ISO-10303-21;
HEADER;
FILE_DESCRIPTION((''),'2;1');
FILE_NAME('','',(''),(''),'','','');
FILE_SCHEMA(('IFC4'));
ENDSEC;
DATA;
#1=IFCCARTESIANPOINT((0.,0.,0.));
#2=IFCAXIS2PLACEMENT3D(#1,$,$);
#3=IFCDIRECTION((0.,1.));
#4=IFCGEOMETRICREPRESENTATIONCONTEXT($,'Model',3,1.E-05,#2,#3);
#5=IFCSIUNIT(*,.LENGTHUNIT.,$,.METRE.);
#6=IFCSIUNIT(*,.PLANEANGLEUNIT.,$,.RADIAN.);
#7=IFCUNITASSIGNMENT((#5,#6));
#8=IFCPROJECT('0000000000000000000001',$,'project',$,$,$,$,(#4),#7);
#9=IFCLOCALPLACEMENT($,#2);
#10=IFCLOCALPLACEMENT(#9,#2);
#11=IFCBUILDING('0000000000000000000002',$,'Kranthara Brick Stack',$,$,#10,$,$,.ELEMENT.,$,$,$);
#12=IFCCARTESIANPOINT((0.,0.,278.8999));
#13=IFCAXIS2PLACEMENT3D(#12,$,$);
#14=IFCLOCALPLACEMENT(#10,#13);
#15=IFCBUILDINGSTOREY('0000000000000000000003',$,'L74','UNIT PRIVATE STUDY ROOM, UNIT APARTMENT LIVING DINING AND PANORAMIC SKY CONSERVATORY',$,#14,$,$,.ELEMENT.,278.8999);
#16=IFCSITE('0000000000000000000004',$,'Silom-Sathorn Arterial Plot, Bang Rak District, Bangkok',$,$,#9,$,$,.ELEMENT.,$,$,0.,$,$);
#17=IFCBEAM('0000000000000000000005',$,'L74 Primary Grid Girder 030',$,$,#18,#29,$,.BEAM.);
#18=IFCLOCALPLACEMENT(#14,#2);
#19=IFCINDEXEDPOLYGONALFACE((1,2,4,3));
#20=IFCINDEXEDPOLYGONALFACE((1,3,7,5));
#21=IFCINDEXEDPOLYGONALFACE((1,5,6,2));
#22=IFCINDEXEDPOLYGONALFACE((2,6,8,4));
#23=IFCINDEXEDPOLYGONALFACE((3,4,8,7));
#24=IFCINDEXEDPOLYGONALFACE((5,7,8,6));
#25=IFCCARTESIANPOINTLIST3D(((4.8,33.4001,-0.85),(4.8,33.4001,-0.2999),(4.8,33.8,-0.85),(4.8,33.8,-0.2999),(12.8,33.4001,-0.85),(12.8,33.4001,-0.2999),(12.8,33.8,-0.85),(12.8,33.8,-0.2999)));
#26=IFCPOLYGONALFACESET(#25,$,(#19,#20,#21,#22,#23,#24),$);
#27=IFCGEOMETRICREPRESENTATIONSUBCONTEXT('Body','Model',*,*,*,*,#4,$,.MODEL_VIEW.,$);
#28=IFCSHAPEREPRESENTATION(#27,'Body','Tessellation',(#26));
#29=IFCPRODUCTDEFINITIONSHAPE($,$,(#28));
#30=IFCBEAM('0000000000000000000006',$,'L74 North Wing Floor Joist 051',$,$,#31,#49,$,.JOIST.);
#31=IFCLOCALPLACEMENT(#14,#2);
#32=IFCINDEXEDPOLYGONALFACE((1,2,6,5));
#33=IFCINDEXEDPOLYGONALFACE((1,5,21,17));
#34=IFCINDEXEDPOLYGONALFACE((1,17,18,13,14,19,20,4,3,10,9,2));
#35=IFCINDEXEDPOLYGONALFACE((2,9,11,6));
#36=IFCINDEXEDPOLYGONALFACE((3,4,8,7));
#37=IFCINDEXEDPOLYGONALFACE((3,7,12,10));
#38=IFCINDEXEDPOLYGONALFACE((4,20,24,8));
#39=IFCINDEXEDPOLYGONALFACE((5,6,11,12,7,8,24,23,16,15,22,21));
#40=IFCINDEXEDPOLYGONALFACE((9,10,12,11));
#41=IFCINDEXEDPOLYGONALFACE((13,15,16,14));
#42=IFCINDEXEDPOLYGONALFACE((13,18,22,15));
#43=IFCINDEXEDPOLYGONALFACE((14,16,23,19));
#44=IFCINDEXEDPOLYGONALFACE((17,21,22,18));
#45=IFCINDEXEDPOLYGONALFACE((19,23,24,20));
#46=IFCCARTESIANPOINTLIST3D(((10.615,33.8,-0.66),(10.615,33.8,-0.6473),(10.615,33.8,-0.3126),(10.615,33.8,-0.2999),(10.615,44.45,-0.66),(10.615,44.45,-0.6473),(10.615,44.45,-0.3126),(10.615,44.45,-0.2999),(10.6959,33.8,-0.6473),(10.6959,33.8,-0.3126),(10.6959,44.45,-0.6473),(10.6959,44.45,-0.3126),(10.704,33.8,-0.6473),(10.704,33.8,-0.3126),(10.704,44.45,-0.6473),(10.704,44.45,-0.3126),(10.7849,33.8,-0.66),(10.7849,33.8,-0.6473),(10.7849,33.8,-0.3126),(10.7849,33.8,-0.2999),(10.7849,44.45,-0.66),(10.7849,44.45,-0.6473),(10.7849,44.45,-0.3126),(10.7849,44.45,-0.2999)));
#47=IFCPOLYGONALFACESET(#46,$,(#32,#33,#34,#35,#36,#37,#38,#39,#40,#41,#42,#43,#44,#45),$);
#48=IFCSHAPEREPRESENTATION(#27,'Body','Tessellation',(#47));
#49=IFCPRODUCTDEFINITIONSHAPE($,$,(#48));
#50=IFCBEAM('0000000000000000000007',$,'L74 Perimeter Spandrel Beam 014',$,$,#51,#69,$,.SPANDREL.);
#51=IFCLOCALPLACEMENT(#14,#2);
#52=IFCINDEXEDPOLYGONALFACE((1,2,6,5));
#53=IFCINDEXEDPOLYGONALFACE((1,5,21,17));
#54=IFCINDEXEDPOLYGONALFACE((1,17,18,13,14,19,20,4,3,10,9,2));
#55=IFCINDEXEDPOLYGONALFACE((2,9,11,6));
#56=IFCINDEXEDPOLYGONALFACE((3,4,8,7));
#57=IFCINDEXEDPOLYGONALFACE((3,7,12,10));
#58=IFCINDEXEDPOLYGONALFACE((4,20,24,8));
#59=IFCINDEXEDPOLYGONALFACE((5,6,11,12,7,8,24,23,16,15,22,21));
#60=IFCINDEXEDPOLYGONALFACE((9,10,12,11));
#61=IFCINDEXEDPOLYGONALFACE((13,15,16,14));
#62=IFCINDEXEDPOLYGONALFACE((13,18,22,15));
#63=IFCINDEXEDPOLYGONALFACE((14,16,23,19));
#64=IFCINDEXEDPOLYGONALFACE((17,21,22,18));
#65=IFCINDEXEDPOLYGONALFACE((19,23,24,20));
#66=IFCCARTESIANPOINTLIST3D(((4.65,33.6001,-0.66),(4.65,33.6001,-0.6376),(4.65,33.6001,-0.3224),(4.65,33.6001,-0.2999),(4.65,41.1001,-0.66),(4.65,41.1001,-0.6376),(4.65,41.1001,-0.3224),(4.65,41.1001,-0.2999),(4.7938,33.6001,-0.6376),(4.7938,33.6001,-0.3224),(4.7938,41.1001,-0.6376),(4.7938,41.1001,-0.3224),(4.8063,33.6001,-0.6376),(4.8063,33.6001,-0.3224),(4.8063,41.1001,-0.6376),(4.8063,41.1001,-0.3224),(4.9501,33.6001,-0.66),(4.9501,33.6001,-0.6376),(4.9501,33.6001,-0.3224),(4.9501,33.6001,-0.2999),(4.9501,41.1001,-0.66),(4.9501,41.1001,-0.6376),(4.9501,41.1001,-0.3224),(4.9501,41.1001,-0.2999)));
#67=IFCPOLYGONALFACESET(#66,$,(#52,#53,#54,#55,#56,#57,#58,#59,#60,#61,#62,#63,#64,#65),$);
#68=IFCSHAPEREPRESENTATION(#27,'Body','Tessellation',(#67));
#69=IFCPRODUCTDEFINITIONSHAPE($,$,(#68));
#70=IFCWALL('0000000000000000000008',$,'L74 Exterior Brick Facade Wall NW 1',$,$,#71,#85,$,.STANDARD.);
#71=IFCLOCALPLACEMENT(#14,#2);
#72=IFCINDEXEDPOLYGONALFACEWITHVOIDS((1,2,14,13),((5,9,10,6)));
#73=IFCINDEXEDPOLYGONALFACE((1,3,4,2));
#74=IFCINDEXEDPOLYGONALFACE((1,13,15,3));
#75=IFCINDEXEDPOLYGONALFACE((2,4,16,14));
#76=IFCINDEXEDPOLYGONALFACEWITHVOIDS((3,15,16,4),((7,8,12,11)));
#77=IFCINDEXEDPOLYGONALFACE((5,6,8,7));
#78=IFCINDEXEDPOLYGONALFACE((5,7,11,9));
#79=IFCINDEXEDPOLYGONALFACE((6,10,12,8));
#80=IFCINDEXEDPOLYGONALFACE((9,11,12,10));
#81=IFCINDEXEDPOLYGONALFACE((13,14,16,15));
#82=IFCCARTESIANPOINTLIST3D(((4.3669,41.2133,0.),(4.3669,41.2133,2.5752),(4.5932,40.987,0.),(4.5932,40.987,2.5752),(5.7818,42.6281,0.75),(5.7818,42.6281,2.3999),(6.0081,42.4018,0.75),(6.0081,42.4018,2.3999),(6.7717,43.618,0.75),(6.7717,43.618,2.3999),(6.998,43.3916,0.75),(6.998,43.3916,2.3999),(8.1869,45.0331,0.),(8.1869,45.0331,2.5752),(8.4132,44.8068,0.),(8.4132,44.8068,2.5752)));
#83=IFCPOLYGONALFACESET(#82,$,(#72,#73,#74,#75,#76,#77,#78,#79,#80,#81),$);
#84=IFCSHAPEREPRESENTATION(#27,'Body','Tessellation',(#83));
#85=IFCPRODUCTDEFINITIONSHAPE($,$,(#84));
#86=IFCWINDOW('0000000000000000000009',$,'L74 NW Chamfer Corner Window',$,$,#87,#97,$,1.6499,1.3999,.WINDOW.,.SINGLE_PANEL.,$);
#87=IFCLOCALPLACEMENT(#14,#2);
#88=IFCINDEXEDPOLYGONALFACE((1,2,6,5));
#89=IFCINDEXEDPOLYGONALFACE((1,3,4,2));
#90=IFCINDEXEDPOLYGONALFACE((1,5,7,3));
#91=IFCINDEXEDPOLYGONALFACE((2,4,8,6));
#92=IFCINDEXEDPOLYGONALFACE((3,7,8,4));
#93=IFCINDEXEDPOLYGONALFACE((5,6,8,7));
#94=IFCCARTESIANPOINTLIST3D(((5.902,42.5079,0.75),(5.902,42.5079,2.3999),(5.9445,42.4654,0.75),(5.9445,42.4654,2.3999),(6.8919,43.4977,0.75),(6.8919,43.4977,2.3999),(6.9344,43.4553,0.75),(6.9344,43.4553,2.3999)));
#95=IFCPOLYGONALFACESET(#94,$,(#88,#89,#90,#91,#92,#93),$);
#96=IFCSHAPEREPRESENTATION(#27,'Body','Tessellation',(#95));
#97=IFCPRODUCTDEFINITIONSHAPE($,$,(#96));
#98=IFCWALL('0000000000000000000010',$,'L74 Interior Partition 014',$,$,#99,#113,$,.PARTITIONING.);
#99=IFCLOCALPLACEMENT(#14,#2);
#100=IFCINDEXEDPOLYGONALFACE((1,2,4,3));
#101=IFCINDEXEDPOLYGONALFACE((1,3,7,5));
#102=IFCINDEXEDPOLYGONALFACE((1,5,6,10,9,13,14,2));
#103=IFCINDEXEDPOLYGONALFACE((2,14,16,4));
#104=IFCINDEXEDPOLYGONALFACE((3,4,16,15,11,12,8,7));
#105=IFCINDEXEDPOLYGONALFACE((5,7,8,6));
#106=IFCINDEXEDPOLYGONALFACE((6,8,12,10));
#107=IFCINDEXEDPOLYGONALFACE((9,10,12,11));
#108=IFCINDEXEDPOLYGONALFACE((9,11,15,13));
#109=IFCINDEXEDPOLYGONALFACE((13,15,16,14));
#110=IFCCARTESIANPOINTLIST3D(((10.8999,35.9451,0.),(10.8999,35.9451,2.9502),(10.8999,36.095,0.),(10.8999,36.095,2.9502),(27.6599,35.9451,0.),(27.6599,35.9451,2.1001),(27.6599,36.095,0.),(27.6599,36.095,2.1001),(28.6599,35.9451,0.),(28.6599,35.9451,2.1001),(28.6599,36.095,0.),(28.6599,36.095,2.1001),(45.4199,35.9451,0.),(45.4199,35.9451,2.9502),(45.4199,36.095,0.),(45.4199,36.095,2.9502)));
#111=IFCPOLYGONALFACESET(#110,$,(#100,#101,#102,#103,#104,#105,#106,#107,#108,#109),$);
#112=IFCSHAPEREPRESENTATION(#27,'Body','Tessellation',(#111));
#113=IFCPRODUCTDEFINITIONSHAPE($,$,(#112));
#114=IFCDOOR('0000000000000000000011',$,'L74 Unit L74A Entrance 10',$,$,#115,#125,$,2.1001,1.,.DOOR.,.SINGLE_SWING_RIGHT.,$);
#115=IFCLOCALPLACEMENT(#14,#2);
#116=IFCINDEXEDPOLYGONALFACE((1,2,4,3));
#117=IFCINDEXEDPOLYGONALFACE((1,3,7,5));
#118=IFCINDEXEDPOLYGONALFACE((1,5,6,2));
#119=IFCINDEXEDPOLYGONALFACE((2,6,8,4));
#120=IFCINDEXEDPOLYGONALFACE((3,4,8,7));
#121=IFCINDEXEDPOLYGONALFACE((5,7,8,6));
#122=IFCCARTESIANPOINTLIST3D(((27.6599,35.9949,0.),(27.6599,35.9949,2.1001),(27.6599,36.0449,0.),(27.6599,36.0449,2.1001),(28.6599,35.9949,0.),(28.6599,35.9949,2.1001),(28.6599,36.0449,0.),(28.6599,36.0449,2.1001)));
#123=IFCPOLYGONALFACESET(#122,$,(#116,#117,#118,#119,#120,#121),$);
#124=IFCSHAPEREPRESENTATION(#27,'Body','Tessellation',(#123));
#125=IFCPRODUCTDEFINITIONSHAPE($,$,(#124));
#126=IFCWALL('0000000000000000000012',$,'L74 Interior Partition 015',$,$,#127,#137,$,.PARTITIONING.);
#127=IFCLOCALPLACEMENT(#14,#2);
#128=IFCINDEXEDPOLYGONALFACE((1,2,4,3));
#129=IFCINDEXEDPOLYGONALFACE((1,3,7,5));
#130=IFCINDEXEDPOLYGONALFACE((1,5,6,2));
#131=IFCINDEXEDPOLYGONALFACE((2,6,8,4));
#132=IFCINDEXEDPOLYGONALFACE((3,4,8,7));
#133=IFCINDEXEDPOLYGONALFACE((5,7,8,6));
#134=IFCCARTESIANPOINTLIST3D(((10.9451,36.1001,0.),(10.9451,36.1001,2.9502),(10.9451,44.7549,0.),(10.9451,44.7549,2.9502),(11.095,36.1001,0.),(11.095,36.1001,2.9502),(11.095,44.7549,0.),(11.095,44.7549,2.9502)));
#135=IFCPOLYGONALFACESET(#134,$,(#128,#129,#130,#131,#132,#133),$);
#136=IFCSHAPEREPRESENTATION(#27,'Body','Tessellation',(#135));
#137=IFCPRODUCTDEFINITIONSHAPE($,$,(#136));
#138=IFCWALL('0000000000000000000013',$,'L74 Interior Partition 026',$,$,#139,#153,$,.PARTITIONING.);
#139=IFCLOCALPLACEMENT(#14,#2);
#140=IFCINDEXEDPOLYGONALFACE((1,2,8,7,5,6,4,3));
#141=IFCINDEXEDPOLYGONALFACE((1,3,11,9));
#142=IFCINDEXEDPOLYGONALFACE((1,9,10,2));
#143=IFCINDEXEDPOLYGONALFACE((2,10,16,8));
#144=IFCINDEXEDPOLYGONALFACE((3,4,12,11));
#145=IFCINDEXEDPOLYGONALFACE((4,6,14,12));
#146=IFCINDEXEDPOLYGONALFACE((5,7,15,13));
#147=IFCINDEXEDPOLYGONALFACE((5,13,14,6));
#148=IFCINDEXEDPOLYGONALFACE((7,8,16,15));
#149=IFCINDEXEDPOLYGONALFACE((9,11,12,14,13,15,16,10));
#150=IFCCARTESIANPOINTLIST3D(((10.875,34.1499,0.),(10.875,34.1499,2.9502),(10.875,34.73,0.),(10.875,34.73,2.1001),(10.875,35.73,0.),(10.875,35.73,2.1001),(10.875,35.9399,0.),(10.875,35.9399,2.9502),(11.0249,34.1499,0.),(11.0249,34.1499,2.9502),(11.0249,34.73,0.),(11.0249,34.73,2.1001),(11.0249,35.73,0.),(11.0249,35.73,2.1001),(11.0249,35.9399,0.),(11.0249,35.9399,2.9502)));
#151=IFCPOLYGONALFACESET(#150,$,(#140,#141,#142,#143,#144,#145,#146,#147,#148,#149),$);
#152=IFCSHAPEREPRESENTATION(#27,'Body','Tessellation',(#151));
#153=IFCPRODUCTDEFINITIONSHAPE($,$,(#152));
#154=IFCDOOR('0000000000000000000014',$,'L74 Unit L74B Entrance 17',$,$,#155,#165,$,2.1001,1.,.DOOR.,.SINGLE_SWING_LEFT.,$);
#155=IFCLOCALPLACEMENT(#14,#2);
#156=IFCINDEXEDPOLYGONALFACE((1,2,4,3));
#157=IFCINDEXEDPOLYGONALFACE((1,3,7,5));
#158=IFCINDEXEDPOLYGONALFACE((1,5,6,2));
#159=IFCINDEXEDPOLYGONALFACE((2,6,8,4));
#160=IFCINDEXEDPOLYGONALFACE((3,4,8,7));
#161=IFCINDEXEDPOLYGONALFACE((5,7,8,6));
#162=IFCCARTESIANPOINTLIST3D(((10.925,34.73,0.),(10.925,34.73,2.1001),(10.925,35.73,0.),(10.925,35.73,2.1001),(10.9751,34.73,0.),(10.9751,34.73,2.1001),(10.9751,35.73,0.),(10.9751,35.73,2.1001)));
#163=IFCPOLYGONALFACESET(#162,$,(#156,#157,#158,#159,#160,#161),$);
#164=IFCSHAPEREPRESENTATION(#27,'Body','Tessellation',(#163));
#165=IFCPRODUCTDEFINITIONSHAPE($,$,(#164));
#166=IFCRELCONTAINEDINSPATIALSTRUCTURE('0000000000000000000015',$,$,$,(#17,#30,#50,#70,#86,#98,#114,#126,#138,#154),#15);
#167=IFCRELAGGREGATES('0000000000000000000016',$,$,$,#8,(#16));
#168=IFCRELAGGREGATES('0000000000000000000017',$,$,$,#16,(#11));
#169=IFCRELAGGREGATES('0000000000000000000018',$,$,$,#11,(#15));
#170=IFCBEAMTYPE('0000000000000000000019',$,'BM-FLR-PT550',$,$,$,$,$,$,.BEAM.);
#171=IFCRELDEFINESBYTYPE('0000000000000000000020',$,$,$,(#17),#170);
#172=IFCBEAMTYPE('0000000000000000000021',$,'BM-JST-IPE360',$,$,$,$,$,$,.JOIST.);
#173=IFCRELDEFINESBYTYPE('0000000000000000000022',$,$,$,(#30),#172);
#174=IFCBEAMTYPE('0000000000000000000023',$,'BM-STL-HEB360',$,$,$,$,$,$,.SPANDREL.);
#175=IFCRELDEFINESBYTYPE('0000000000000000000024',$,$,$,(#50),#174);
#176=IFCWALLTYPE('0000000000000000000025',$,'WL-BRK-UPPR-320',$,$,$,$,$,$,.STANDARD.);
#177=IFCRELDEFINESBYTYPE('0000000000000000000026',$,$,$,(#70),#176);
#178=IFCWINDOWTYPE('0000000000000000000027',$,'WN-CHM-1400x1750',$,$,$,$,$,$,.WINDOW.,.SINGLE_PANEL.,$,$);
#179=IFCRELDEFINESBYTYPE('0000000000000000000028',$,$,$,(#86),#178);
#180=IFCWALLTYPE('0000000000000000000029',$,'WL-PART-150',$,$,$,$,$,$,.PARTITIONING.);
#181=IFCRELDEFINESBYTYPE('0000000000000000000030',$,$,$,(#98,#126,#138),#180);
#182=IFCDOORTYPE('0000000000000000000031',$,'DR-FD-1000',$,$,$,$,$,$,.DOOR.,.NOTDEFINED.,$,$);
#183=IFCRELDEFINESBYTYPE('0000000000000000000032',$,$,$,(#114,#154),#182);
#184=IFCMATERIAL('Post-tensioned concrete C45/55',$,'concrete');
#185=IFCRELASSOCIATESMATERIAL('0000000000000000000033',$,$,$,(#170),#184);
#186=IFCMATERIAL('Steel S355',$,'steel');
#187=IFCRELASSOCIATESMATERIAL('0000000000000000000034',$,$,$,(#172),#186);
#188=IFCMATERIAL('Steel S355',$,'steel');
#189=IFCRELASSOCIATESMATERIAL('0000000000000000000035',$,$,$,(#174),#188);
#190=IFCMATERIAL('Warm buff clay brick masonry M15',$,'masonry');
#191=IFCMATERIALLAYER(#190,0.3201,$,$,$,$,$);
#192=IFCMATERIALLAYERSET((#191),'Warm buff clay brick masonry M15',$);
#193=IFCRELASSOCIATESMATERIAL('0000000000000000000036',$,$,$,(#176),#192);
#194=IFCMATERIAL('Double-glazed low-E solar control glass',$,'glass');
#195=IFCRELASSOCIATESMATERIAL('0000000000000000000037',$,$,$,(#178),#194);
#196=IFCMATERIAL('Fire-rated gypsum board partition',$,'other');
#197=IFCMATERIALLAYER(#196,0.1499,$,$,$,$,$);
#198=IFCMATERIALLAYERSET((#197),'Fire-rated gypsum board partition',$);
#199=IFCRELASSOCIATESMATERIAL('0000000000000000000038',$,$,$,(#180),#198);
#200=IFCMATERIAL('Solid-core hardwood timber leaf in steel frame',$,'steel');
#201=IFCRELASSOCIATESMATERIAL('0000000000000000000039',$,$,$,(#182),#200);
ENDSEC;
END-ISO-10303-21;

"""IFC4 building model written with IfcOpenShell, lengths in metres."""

from ifc_helpers import new_model, si_unit, direction, frame, frame_2d, origin, origin_2d, place, context, subcontext, project, spatial, rectangle, i_section, extrude, material, layer, layer_set, material_profile, profile_set, type_object, element, fill, save


model = new_model("IFC4")

# Units and contexts
model_context = context("Model", 3, precision=1e-05, world=origin(), true_north=direction((0.0, 1.0)))
body_context = subcontext(model_context, "Body", "Model", "MODEL_VIEW")
ifc_project = project(units=[si_unit("LENGTHUNIT", "METRE"), si_unit("PLANEANGLEUNIT", "RADIAN")], contexts=[model_context])

# Site, building, storey
site_placement = place(None, origin())
site = spatial("IfcSite", under=ifc_project, at=site_placement, Name="Silom-Sathorn Arterial Plot, Bang Rak District, Bangkok", CompositionType="ELEMENT", RefElevation=0.0)
building_placement = place(site_placement, origin())
building = spatial("IfcBuilding", under=site, at=building_placement, Name="Kranthara Brick Stack", CompositionType="ELEMENT")
storey_placement = place(building_placement, frame((0.0, 0.0, 278.8999)))
storey = spatial("IfcBuildingStorey", under=building, at=storey_placement, Name="L74", Description="UNIT PRIVATE STUDY ROOM, UNIT APARTMENT LIVING DINING AND PANORAMIC SKY CONSERVATORY", CompositionType="ELEMENT", Elevation=278.8999)

# Beams
ifc_material_1 = material(Name="Post-tensioned concrete C45/55", Category="concrete")
ifc_material_profile_1 = material_profile(ifc_material_1, rectangle(XDim=0.3999, YDim=0.55, at=origin_2d()), Name="PT 400x550")
ifc_profile_set_1 = profile_set([ifc_material_profile_1], Name="Post-tensioned concrete C45/55")
beam_type_1 = type_object("IfcBeamType", Name="BM-FLR-PT550", PredefinedType="BEAM", material=ifc_profile_set_1)
beam_1_placement = place(storey_placement, frame((4.8, 33.6001, -0.575), z_axis=(1.0, 0.0, 0.0), x_axis=(0.0, 1.0, 0.0)))
element("IfcBeam", 1, at=beam_1_placement, inside=storey, type_object=beam_type_1, Name="L74 Primary Grid Girder 030", PredefinedType="BEAM", context=body_context, shape_type="SweptSolid", body=[
    extrude(rectangle(XDim=0.3999, YDim=0.55, at=origin_2d()), origin(), (0.0, 0.0, 1.0), 8.0),
])
ifc_material_2 = material(Name="Steel S355", Category="steel")
ifc_material_profile_2 = material_profile(ifc_material_2, i_section(OverallWidth=0.1699, OverallDepth=0.3601, WebThickness=0.0081, FlangeThickness=0.0127, at=origin_2d()), Name="IPE 360")
ifc_profile_set_2 = profile_set([ifc_material_profile_2], Name="Steel S355")
beam_type_2 = type_object("IfcBeamType", Name="BM-JST-IPE360", PredefinedType="JOIST", material=ifc_profile_set_2)
beam_2_placement = place(storey_placement, frame((10.7, 33.8, -0.48), z_axis=(0.0, 1.0, 0.0), x_axis=(-1.0, 0.0, 0.0)))
element("IfcBeam", 2, at=beam_2_placement, inside=storey, type_object=beam_type_2, Name="L74 North Wing Floor Joist 051", PredefinedType="JOIST", context=body_context, shape_type="SweptSolid", body=[
    extrude(i_section(OverallWidth=0.1699, OverallDepth=0.3601, WebThickness=0.0081, FlangeThickness=0.0127, at=origin_2d()), origin(), (0.0, 0.0, 1.0), 10.6499),
])
ifc_material_3 = material(Name="Steel S355", Category="steel")
ifc_material_profile_3 = material_profile(ifc_material_3, i_section(OverallWidth=0.3, OverallDepth=0.3601, WebThickness=0.0125, FlangeThickness=0.0225, at=origin_2d()), Name="HEB 360")
ifc_profile_set_3 = profile_set([ifc_material_profile_3], Name="Steel S355")
beam_type_3 = type_object("IfcBeamType", Name="BM-STL-HEB360", PredefinedType="SPANDREL", material=ifc_profile_set_3)
beam_3_placement = place(storey_placement, frame((4.8, 33.6001, -0.48), z_axis=(0.0, 1.0, 0.0), x_axis=(-1.0, 0.0, 0.0)))
element("IfcBeam", 3, at=beam_3_placement, inside=storey, type_object=beam_type_3, Name="L74 Perimeter Spandrel Beam 014", PredefinedType="SPANDREL", context=body_context, shape_type="SweptSolid", body=[
    extrude(i_section(OverallWidth=0.3, OverallDepth=0.3601, WebThickness=0.0125, FlangeThickness=0.0225, at=origin_2d()), origin(), (0.0, 0.0, 1.0), 7.5),
])

# Wall, opening, window
ifc_material_4 = material(Name="Warm buff clay brick masonry M15", Category="masonry")
ifc_layer_1 = layer(ifc_material_4, 0.3201)
ifc_layer_set_1 = layer_set([ifc_layer_1], Name="Warm buff clay brick masonry M15")
wall_type_1 = type_object("IfcWallType", Name="WL-BRK-UPPR-320", PredefinedType="STANDARD", material=ifc_layer_set_1)
wall_1_placement = place(storey_placement, frame((4.48, 41.1001, 0.0), z_axis=(0.0, 0.0, 1.0), x_axis=(0.707129, 0.707084, 0.0)))
wall_1 = element("IfcWall", 4, at=wall_1_placement, inside=storey, type_object=wall_type_1, Name="L74 Exterior Brick Facade Wall NW 1", PredefinedType="STANDARD", context=body_context, shape_type="SweptSolid", body=[
    extrude(rectangle(XDim=5.4021, YDim=0.3201, at=frame_2d((2.7012, 0.0))), origin(), (0.0, 0.0, 1.0), 2.5752),
])
opening_1_placement = place(wall_1_placement, frame((2.001, 0.0, 0.75)))
opening_1 = element("IfcOpeningElement", 5, at=opening_1_placement, cuts=wall_1, PredefinedType="OPENING", context=body_context, shape_type="SweptSolid", body=[
    extrude(rectangle(XDim=1.3999, YDim=1.6499, at=frame_2d((0.7, 0.825))), frame((0.0, 0.1699, 0.0), z_axis=(0.0, -1.0, 0.0), x_axis=(1.0, 0.0, 0.0)), (0.0, 0.0, 1.0), 0.3401),
])
ifc_material_5 = material(Name="Double-glazed low-E solar control glass", Category="glass")
window_type = type_object("IfcWindowType", Name="WN-CHM-1400x1750", PartitioningType="SINGLE_PANEL", PredefinedType="WINDOW", material=ifc_material_5)
window_placement = place(opening_1_placement, origin())
window = element("IfcWindow", 6, at=window_placement, inside=storey, type_object=window_type, Name="L74 NW Chamfer Corner Window", OverallHeight=1.6499, OverallWidth=1.3999, PartitioningType="SINGLE_PANEL", PredefinedType="WINDOW", context=body_context, shape_type="SweptSolid", body=[
    extrude(rectangle(XDim=1.3999, YDim=1.6499, at=frame_2d((0.7, 0.825))), frame((0.0, -0.01, 0.0), z_axis=(0.0, -1.0, 0.0), x_axis=(1.0, 0.0, 0.0)), (0.0, 0.0, 1.0), 0.0601),
])
fill(opening_1, window)

# Wall, opening, door
ifc_material_6 = material(Name="Fire-rated gypsum board partition", Category="other")
ifc_layer_2 = layer(ifc_material_6, 0.1499)
ifc_layer_set_2 = layer_set([ifc_layer_2], Name="Fire-rated gypsum board partition")
wall_type_2 = type_object("IfcWallType", Name="WL-PART-150", PredefinedType="PARTITIONING", material=ifc_layer_set_2)
wall_2_placement = place(storey_placement, frame((10.8999, 36.02, 0.0), z_axis=(0.0, 0.0, 1.0), x_axis=(1.0, 0.0, 0.0)))
wall_2 = element("IfcWall", 7, at=wall_2_placement, inside=storey, type_object=wall_type_2, Name="L74 Interior Partition 014", PredefinedType="PARTITIONING", context=body_context, shape_type="SweptSolid", body=[
    extrude(rectangle(XDim=34.52, YDim=0.1499, at=frame_2d((17.26, 0.0))), origin(), (0.0, 0.0, 1.0), 2.9502),
])
opening_2_placement = place(wall_2_placement, frame((16.76, 0.0, 0.0)))
opening_2 = element("IfcOpeningElement", 8, at=opening_2_placement, cuts=wall_2, PredefinedType="OPENING", context=body_context, shape_type="SweptSolid", body=[
    extrude(rectangle(XDim=1.0, YDim=2.1001, at=frame_2d((0.5, 1.05))), frame((0.0, 0.085, 0.0), z_axis=(0.0, -1.0, 0.0), x_axis=(1.0, 0.0, 0.0)), (0.0, 0.0, 1.0), 0.1699),
])
ifc_material_7 = material(Name="Solid-core hardwood timber leaf in steel frame", Category="steel")
door_type = type_object("IfcDoorType", Name="DR-FD-1000", OperationType="NOTDEFINED", PredefinedType="DOOR", material=ifc_material_7)
door_1_placement = place(opening_2_placement, origin())
door_1 = element("IfcDoor", 9, at=door_1_placement, inside=storey, type_object=door_type, Name="L74 Unit L74A Entrance 10", OperationType="SINGLE_SWING_RIGHT", OverallHeight=2.1001, OverallWidth=1.0, PredefinedType="DOOR", context=body_context, shape_type="SweptSolid", body=[
    extrude(rectangle(XDim=1.0, YDim=2.1001, at=frame_2d((0.5, 1.05))), frame((0.0, 0.0249, 0.0), z_axis=(0.0, -1.0, 0.0), x_axis=(1.0, 0.0, 0.0)), (0.0, 0.0, 1.0), 0.05),
])
fill(opening_2, door_1)

# Wall
wall_3_placement = place(storey_placement, frame((11.02, 36.1001, 0.0), z_axis=(0.0, 0.0, 1.0), x_axis=(0.0, 1.0, 0.0)))
element("IfcWall", 10, at=wall_3_placement, inside=storey, type_object=wall_type_2, Name="L74 Interior Partition 015", PredefinedType="PARTITIONING", context=body_context, shape_type="SweptSolid", body=[
    extrude(rectangle(XDim=8.6548, YDim=0.1499, at=frame_2d((4.3274, 0.0))), origin(), (0.0, 0.0, 1.0), 2.9502),
])

# Wall, opening, door
wall_4_placement = place(storey_placement, frame((10.95, 34.1499, 0.0), z_axis=(0.0, 0.0, 1.0), x_axis=(0.0, 1.0, 0.0)))
wall_4 = element("IfcWall", 11, at=wall_4_placement, inside=storey, type_object=wall_type_2, Name="L74 Interior Partition 026", PredefinedType="PARTITIONING", context=body_context, shape_type="SweptSolid", body=[
    extrude(rectangle(XDim=1.79, YDim=0.1499, at=frame_2d((0.895, 0.0))), origin(), (0.0, 0.0, 1.0), 2.9502),
])
opening_3_placement = place(wall_4_placement, frame((0.5801, 0.0, 0.0)))
opening_3 = element("IfcOpeningElement", 12, at=opening_3_placement, cuts=wall_4, PredefinedType="OPENING", context=body_context, shape_type="SweptSolid", body=[
    extrude(rectangle(XDim=1.0, YDim=2.1001, at=frame_2d((0.5, 1.05))), frame((0.0, 0.085, 0.0), z_axis=(0.0, -1.0, 0.0), x_axis=(1.0, 0.0, 0.0)), (0.0, 0.0, 1.0), 0.1699),
])
door_2_placement = place(opening_3_placement, origin())
door_2 = element("IfcDoor", 13, at=door_2_placement, inside=storey, type_object=door_type, Name="L74 Unit L74B Entrance 17", OperationType="SINGLE_SWING_LEFT", OverallHeight=2.1001, OverallWidth=1.0, PredefinedType="DOOR", context=body_context, shape_type="SweptSolid", body=[
    extrude(rectangle(XDim=1.0, YDim=2.1001, at=frame_2d((0.5, 1.05))), frame((0.0, 0.0249, 0.0), z_axis=(0.0, -1.0, 0.0), x_axis=(1.0, 0.0, 0.0)), (0.0, 0.0, 1.0), 0.05),
])
fill(opening_3, door_2)

save(model, "model.ifc")
